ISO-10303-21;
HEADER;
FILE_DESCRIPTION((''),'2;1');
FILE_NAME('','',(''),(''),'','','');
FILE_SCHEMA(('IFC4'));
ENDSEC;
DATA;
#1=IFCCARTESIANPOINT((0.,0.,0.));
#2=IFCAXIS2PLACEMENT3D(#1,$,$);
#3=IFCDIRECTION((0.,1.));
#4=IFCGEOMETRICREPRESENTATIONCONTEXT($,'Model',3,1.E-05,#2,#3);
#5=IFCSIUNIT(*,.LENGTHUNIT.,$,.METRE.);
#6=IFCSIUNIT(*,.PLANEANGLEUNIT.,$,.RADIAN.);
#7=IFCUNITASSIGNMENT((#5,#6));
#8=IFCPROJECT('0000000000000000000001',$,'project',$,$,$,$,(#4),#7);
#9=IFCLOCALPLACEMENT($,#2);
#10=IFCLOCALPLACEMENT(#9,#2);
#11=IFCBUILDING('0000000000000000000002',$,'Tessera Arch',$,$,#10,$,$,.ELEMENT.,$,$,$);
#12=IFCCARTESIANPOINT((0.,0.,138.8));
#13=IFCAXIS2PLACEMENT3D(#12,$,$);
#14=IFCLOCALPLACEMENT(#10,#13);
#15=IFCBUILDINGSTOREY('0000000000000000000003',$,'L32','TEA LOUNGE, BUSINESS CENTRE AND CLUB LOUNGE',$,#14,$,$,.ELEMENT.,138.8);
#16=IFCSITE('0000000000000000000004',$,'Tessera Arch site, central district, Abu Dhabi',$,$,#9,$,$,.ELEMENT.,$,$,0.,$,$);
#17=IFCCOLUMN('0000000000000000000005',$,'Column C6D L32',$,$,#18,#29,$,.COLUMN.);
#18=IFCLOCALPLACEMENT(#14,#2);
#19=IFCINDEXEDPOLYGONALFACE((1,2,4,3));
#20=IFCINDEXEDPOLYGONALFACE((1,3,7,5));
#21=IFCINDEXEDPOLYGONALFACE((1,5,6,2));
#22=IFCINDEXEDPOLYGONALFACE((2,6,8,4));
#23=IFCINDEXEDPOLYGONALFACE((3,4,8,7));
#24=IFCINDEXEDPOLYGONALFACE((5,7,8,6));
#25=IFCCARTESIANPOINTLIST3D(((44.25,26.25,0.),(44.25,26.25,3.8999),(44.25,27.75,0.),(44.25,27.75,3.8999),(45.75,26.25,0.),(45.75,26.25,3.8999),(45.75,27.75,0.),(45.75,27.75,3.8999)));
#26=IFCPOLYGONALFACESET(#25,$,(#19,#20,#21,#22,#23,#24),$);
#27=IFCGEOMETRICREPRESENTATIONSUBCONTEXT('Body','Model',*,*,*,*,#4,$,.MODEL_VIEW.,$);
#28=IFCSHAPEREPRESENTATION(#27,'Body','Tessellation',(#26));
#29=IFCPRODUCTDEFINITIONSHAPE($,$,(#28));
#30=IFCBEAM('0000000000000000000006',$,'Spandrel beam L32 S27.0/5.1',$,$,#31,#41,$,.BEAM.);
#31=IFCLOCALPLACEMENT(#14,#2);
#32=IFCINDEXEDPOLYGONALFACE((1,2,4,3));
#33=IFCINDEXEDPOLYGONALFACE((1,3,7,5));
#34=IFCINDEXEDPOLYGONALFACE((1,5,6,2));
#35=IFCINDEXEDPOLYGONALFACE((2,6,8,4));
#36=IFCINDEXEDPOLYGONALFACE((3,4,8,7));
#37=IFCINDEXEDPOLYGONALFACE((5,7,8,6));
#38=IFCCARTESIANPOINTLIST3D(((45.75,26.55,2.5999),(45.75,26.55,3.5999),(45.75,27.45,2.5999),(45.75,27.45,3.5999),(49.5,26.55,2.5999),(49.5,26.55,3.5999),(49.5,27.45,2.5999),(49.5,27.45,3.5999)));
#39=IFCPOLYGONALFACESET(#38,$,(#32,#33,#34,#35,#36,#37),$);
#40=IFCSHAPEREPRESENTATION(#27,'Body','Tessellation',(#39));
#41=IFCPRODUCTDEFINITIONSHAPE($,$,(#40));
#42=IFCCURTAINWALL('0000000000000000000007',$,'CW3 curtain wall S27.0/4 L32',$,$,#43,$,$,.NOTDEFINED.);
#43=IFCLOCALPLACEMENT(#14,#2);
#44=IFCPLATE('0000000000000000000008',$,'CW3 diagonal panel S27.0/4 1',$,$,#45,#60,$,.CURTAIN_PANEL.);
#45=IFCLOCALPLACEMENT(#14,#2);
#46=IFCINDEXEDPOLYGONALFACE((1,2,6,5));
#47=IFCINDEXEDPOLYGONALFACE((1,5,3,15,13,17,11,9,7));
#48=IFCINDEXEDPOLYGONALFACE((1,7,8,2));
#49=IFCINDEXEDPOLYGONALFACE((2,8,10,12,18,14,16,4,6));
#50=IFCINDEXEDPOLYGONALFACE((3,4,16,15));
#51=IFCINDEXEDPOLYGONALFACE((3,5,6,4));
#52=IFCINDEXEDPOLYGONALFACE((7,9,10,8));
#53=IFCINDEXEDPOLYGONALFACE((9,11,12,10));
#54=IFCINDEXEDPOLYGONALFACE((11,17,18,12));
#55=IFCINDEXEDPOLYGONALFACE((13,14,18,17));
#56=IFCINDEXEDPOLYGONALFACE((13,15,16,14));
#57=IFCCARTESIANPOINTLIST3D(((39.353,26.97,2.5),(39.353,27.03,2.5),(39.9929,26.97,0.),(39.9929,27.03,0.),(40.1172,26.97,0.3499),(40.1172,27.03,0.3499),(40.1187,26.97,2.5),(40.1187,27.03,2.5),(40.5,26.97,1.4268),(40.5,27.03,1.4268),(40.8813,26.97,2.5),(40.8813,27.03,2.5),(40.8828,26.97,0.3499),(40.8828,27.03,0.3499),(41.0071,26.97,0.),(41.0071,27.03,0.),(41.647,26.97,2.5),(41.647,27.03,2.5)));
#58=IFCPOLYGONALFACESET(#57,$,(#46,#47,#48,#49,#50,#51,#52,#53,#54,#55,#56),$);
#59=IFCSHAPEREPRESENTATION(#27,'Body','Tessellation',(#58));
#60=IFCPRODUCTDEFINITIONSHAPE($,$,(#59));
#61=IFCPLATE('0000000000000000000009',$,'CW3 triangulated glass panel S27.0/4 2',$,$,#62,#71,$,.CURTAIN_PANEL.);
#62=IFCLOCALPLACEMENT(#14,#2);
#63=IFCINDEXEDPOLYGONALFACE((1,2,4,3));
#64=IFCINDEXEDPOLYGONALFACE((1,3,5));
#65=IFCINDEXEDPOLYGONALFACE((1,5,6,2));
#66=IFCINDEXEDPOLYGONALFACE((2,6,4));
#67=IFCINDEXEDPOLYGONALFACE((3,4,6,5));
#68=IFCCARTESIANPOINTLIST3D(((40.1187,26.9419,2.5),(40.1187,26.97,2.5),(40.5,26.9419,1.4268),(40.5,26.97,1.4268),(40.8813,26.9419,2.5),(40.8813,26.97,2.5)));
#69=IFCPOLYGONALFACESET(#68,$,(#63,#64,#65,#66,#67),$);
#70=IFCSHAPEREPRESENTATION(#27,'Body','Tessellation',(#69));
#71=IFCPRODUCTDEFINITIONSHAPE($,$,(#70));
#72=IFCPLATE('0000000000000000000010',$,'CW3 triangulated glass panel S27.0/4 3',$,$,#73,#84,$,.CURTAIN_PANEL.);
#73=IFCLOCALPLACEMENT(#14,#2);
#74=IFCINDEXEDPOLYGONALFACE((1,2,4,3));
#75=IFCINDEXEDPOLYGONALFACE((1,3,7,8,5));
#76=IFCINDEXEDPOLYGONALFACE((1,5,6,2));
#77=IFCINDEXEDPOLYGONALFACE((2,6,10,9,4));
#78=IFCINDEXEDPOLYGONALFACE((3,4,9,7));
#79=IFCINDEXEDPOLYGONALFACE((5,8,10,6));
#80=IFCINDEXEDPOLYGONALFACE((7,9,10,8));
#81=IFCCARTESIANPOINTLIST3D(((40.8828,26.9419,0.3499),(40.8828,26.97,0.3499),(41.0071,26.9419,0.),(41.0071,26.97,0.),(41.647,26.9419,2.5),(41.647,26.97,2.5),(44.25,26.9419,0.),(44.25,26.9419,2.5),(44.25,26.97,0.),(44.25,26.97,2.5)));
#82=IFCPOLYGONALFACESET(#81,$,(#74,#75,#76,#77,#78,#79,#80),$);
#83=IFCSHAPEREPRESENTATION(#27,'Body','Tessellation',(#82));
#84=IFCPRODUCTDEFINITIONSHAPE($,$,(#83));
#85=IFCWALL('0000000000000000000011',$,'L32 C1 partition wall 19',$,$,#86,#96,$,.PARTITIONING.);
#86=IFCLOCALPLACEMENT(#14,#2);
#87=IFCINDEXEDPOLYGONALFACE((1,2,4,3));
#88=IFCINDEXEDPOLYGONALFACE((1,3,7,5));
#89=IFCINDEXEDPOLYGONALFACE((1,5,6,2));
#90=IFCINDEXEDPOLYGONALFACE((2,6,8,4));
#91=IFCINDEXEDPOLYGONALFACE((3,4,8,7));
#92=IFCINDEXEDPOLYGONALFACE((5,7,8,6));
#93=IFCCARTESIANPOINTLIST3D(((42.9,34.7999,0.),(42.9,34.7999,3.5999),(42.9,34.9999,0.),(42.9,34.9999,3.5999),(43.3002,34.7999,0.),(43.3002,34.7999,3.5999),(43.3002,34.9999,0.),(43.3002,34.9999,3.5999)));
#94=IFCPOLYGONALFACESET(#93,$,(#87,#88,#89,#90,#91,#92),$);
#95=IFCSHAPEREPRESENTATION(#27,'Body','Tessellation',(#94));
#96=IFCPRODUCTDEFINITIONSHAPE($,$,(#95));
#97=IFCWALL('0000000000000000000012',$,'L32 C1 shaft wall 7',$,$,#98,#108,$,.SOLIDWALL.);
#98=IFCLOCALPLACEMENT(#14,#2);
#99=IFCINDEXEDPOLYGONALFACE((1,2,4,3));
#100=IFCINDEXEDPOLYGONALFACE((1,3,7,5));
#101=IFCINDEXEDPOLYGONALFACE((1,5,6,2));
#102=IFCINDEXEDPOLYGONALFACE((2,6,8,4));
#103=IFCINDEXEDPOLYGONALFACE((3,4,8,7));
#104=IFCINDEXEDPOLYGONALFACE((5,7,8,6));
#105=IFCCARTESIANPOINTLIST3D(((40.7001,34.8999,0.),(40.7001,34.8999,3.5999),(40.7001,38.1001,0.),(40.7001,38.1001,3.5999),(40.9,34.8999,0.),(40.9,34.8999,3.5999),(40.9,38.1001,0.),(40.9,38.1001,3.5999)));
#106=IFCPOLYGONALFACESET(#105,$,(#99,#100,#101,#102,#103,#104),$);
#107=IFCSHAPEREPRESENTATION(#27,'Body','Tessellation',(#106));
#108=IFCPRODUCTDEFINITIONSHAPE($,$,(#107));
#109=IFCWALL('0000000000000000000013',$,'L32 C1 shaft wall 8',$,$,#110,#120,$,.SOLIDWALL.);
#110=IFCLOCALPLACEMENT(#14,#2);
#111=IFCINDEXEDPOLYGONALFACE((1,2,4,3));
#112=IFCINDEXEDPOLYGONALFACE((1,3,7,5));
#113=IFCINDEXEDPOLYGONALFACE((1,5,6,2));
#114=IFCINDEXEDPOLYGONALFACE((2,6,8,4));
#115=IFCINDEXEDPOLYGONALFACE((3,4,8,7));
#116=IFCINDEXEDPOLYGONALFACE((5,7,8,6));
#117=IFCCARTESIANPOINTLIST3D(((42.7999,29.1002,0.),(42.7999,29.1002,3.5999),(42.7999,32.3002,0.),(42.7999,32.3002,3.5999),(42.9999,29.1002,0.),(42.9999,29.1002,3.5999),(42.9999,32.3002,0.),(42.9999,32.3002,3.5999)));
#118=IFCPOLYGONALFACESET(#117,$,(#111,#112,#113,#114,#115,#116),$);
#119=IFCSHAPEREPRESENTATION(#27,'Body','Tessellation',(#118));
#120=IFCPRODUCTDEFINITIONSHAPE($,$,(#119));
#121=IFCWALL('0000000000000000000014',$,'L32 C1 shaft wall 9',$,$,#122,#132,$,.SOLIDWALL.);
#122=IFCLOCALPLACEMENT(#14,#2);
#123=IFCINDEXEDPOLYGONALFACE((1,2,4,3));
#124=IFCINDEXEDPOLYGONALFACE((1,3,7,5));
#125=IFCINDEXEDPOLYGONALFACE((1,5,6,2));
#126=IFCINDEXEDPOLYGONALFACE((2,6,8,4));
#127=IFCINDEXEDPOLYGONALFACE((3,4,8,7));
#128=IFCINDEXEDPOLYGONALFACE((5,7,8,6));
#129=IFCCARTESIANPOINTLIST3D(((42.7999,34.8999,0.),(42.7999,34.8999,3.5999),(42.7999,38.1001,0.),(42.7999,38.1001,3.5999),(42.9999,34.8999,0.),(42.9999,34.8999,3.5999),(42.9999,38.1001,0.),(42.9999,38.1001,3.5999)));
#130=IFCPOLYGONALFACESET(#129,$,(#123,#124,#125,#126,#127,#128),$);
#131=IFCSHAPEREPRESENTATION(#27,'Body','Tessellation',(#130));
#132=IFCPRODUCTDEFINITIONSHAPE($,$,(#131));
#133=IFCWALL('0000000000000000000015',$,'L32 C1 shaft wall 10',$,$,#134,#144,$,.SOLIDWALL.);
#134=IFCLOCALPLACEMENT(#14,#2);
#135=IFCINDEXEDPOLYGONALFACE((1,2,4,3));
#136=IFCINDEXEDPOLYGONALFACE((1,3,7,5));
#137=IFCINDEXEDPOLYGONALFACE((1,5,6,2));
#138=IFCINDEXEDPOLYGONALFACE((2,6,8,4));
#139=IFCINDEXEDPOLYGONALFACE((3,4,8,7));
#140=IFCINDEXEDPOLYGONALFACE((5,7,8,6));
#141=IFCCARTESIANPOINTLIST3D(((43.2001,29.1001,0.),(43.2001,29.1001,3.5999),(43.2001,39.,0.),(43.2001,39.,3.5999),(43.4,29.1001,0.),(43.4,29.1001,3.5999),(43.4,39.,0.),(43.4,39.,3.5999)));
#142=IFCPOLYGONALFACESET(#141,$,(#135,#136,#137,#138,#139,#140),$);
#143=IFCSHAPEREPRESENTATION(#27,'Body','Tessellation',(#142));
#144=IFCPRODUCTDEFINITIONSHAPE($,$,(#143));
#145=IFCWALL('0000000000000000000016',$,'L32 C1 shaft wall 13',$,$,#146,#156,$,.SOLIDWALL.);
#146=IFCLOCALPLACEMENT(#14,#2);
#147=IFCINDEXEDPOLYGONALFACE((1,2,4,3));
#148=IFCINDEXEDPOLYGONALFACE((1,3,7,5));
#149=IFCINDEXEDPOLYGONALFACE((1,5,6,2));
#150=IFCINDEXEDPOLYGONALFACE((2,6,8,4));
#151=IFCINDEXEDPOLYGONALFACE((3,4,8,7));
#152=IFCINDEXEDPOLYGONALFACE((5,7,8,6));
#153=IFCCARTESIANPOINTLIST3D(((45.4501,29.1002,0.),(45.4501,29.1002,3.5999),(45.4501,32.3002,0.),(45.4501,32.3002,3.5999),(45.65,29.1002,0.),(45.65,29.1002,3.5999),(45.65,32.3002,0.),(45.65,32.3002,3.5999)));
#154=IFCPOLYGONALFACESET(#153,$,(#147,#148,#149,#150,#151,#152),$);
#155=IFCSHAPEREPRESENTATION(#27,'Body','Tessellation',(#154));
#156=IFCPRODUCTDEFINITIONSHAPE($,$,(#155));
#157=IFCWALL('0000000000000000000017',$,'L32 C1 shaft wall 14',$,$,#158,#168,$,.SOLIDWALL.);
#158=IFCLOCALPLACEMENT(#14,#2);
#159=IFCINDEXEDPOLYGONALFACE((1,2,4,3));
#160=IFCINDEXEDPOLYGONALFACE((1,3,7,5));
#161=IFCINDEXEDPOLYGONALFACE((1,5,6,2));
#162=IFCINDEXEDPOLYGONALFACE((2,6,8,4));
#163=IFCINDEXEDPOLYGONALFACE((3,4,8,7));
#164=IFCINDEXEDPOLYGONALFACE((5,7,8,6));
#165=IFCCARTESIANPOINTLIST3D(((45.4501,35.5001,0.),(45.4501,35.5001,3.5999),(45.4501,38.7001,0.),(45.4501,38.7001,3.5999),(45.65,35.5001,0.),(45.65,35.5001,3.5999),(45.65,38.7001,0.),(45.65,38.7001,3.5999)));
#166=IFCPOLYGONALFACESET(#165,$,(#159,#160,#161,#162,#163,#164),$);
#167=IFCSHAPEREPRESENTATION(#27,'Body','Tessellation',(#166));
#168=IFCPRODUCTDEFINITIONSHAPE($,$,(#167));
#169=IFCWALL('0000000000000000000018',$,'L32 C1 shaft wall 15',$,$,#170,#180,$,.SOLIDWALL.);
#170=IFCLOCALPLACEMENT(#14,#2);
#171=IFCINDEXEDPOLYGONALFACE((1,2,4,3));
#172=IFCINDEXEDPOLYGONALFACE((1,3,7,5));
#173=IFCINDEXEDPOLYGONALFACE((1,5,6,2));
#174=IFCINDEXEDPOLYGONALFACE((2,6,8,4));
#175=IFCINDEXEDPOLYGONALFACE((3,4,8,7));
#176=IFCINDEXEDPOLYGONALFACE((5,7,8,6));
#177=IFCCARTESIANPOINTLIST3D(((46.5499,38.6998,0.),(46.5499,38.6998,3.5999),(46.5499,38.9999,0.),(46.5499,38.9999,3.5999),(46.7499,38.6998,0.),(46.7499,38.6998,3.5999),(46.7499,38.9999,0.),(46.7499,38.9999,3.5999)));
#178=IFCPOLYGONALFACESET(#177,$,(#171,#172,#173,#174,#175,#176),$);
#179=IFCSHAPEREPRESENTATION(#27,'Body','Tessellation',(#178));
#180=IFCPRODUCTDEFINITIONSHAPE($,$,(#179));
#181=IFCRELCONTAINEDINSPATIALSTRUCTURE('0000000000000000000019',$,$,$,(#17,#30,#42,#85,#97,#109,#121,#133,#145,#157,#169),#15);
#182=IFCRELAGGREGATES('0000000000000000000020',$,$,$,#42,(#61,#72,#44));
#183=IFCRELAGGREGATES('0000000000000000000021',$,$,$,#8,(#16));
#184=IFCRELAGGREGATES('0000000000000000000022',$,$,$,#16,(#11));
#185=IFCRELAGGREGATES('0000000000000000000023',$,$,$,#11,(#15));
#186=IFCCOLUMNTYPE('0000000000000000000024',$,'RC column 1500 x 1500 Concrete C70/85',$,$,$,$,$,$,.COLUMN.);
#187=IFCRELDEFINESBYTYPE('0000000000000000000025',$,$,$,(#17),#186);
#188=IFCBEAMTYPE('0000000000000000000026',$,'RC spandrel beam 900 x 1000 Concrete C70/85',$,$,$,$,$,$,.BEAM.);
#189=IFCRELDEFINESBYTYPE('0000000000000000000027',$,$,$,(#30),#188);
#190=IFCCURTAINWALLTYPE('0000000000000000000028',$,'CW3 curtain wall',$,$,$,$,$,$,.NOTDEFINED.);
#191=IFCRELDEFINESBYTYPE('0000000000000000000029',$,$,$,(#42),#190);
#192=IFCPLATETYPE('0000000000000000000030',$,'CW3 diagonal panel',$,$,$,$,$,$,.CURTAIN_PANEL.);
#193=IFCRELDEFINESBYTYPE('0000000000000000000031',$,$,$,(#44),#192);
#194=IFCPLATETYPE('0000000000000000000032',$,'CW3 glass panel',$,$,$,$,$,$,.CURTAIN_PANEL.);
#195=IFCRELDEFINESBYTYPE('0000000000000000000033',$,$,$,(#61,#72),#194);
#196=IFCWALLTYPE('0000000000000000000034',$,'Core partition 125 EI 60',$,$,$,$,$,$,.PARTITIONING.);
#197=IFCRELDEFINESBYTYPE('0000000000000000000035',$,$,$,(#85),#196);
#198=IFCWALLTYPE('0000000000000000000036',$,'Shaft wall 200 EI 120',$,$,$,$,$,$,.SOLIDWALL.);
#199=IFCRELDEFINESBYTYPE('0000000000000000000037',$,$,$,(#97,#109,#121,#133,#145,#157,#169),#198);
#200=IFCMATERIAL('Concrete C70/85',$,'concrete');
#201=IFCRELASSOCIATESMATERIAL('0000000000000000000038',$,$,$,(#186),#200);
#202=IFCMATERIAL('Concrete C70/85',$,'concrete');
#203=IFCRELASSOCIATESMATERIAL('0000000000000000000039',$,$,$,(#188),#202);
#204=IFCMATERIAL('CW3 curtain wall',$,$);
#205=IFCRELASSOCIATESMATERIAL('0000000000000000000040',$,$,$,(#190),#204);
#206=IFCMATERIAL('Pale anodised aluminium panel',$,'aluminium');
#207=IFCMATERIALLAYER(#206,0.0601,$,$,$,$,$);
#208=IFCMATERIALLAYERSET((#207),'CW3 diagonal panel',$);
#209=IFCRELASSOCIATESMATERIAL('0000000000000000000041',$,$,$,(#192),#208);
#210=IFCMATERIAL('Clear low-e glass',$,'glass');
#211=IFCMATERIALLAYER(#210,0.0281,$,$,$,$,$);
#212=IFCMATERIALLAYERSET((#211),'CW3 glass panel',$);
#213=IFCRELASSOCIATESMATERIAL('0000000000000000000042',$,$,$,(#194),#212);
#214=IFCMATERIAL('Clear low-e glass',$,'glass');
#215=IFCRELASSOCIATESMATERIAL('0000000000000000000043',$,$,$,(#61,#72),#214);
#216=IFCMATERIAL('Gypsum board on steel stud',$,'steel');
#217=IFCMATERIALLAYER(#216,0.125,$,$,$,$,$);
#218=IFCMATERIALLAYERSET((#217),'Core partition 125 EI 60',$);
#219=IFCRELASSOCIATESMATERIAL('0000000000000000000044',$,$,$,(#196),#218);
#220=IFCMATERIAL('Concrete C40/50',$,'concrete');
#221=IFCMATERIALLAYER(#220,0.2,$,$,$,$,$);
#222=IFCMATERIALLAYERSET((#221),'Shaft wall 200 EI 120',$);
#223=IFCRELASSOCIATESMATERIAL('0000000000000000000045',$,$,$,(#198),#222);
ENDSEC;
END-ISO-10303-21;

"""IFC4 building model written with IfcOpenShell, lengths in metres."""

from ifc_helpers import new_model, si_unit, direction, frame, frame_2d, origin, origin_2d, place, context, subcontext, project, spatial, polyline, rectangle, outline, extrude, material, layer, layer_set, material_profile, profile_set, type_object, element, aggregate, save


model = new_model("IFC4")

# Units and contexts
model_context = context("Model", 3, precision=1e-05, world=origin(), true_north=direction((0.0, 1.0)))
body_context = subcontext(model_context, "Body", "Model", "MODEL_VIEW")
ifc_project = project(units=[si_unit("LENGTHUNIT", "METRE"), si_unit("PLANEANGLEUNIT", "RADIAN")], contexts=[model_context])

# Site, building, storey
site_placement = place(None, origin())
site = spatial("IfcSite", under=ifc_project, at=site_placement, Name="Tessera Arch site, central district, Abu Dhabi", CompositionType="ELEMENT", RefElevation=0.0)
building_placement = place(site_placement, origin())
building = spatial("IfcBuilding", under=site, at=building_placement, Name="Tessera Arch", CompositionType="ELEMENT")
storey_placement = place(building_placement, frame((0.0, 0.0, 138.8)))
storey = spatial("IfcBuildingStorey", under=building, at=storey_placement, Name="L32", Description="TEA LOUNGE, BUSINESS CENTRE AND CLUB LOUNGE", CompositionType="ELEMENT", Elevation=138.8)

# Column
ifc_material_1 = material(Name="Concrete C70/85", Category="concrete")
ifc_material_profile_1 = material_profile(ifc_material_1, rectangle(XDim=1.5, YDim=1.5, at=origin_2d()), Name="RC column 1500 x 1500 Concrete C70/85")
ifc_profile_set_1 = profile_set([ifc_material_profile_1], Name="Concrete C70/85")
column_type = type_object("IfcColumnType", Name="RC column 1500 x 1500 Concrete C70/85", PredefinedType="COLUMN", material=ifc_profile_set_1)
column_placement = place(storey_placement, frame((45.0, 27.0, 0.0), z_axis=(0.0, 0.0, 1.0), x_axis=(1.0, 0.0, 0.0)))
element("IfcColumn", 1, at=column_placement, inside=storey, type_object=column_type, Name="Column C6D L32", PredefinedType="COLUMN", context=body_context, shape_type="SweptSolid", body=[
    extrude(rectangle(XDim=1.5, YDim=1.5, at=origin_2d()), origin(), (0.0, 0.0, 1.0), 3.8999),
])

# Beam
ifc_material_2 = material(Name="Concrete C70/85", Category="concrete")
ifc_material_profile_2 = material_profile(ifc_material_2, rectangle(XDim=0.8999, YDim=1.0, at=origin_2d()), Name="RC spandrel beam 900 x 1000 Concrete C70/85")
ifc_profile_set_2 = profile_set([ifc_material_profile_2], Name="Concrete C70/85")
beam_type = type_object("IfcBeamType", Name="RC spandrel beam 900 x 1000 Concrete C70/85", PredefinedType="BEAM", material=ifc_profile_set_2)
beam_placement = place(storey_placement, frame((45.75, 27.0, 3.0999), z_axis=(1.0, 0.0, 0.0), x_axis=(0.0, 1.0, 0.0)))
element("IfcBeam", 2, at=beam_placement, inside=storey, type_object=beam_type, Name="Spandrel beam L32 S27.0/5.1", PredefinedType="BEAM", context=body_context, shape_type="SweptSolid", body=[
    extrude(rectangle(XDim=0.8999, YDim=1.0, at=origin_2d()), origin(), (0.0, 0.0, 1.0), 3.75),
])

# Curtain wall, plates
ifc_material_3 = material(Name="CW3 curtain wall")
curtain_wall_type = type_object("IfcCurtainWallType", Name="CW3 curtain wall", PredefinedType="NOTDEFINED", material=ifc_material_3)
curtain_wall_placement = place(storey_placement, origin())
curtain_wall = element("IfcCurtainWall", 3, at=curtain_wall_placement, inside=storey, type_object=curtain_wall_type, Name="CW3 curtain wall S27.0/4 L32", PredefinedType="NOTDEFINED")
ifc_material_4 = material(Name="Pale anodised aluminium panel", Category="aluminium")
ifc_layer_1 = layer(ifc_material_4, 0.0601)
ifc_layer_set_1 = layer_set([ifc_layer_1], Name="CW3 diagonal panel")
plate_type_1 = type_object("IfcPlateType", Name="CW3 diagonal panel", PredefinedType="CURTAIN_PANEL", material=ifc_layer_set_1)
plate_1_placement = place(storey_placement, frame((41.647, 26.97, 2.5), z_axis=(0.0, -1.0, 0.0), x_axis=(-1.0, 0.0, 0.0)))
plate_1 = element("IfcPlate", 4, at=plate_1_placement, type_object=plate_type_1, Name="CW3 diagonal panel S27.0/4 1", PredefinedType="CURTAIN_PANEL", context=body_context, shape_type="SweptSolid", body=[
    extrude(outline(polyline([(0.0, 0.0), (0.7656, 0.0), (1.147, 1.0732), (1.5283, 0.0), (2.2939, 0.0), (1.5298, 2.1501), (1.6541, 2.5), (0.6399, 2.5), (0.7642, 2.1501), (0.0, 0.0)])), origin(), (0.0, 0.0, -1.0), 0.0601),
])
ifc_material_5 = material(Name="Clear low-e glass", Category="glass")
ifc_material_6 = material(Name="Clear low-e glass", Category="glass")
ifc_layer_2 = layer(ifc_material_6, 0.0281)
ifc_layer_set_2 = layer_set([ifc_layer_2], Name="CW3 glass panel")
plate_type_2 = type_object("IfcPlateType", Name="CW3 glass panel", PredefinedType="CURTAIN_PANEL", material=ifc_layer_set_2)
plate_2_placement = place(storey_placement, frame((40.8813, 26.9419, 2.5), z_axis=(0.0, -1.0, 0.0), x_axis=(-1.0, 0.0, 0.0)))
plate_2 = element("IfcPlate", 5, at=plate_2_placement, type_object=plate_type_2, material=ifc_material_5, Name="CW3 triangulated glass panel S27.0/4 2", PredefinedType="CURTAIN_PANEL", context=body_context, shape_type="SweptSolid", body=[
    extrude(outline(polyline([(0.0, 0.0), (0.7627, 0.0), (0.3813, 1.0732), (0.0, 0.0)])), origin(), (0.0, 0.0, -1.0), 0.0281),
])
plate_3_placement = place(storey_placement, frame((44.25, 26.9419, 2.5), z_axis=(0.0, -1.0, 0.0), x_axis=(-1.0, 0.0, 0.0)))
plate_3 = element("IfcPlate", 6, at=plate_3_placement, type_object=plate_type_2, material=ifc_material_5, Name="CW3 triangulated glass panel S27.0/4 3", PredefinedType="CURTAIN_PANEL", context=body_context, shape_type="SweptSolid", body=[
    extrude(outline(polyline([(0.0, 0.0), (2.603, 0.0), (3.3672, 2.1501), (3.2429, 2.5), (0.0, 2.5), (0.0, 0.0)])), origin(), (0.0, 0.0, -1.0), 0.0281),
])
aggregate(curtain_wall, [plate_2, plate_3, plate_1])

# Walls
ifc_material_7 = material(Name="Gypsum board on steel stud", Category="steel")
ifc_layer_3 = layer(ifc_material_7, 0.125)
ifc_layer_set_3 = layer_set([ifc_layer_3], Name="Core partition 125 EI 60")
wall_type_1 = type_object("IfcWallType", Name="Core partition 125 EI 60", PredefinedType="PARTITIONING", material=ifc_layer_set_3)
wall_1_placement = place(storey_placement, frame((42.8999, 34.8999, 0.0), z_axis=(0.0, 0.0, 1.0), x_axis=(1.0, 0.0, 0.0)))
element("IfcWall", 7, at=wall_1_placement, inside=storey, type_object=wall_type_1, Name="L32 C1 partition wall 19", PredefinedType="PARTITIONING", context=body_context, shape_type="SweptSolid", body=[
    extrude(rectangle(XDim=0.4001, YDim=0.2, at=frame_2d((0.2002, 0.0))), origin(), (0.0, 0.0, 1.0), 3.5999),
])
ifc_material_8 = material(Name="Concrete C40/50", Category="concrete")
ifc_layer_4 = layer(ifc_material_8, 0.2)
ifc_layer_set_4 = layer_set([ifc_layer_4], Name="Shaft wall 200 EI 120")
wall_type_2 = type_object("IfcWallType", Name="Shaft wall 200 EI 120", PredefinedType="SOLIDWALL", material=ifc_layer_set_4)
wall_2_placement = place(storey_placement, frame((40.8, 34.8999, 0.0), z_axis=(0.0, 0.0, 1.0), x_axis=(0.0, 1.0, 0.0)))
element("IfcWall", 8, at=wall_2_placement, inside=storey, type_object=wall_type_2, Name="L32 C1 shaft wall 7", PredefinedType="SOLIDWALL", context=body_context, shape_type="SweptSolid", body=[
    extrude(rectangle(XDim=3.2002, YDim=0.2, at=frame_2d((1.6001, 0.0))), origin(), (0.0, 0.0, 1.0), 3.5999),
])
wall_3_placement = place(storey_placement, frame((42.8999, 29.1001, 0.0), z_axis=(0.0, 0.0, 1.0), x_axis=(0.0, 1.0, 0.0)))
element("IfcWall", 9, at=wall_3_placement, inside=storey, type_object=wall_type_2, Name="L32 C1 shaft wall 8", PredefinedType="SOLIDWALL", context=body_context, shape_type="SweptSolid", body=[
    extrude(rectangle(XDim=3.2, YDim=0.2, at=frame_2d((1.6001, 0.0))), origin(), (0.0, 0.0, 1.0), 3.5999),
])
wall_4_placement = place(storey_placement, frame((42.8999, 34.8999, 0.0), z_axis=(0.0, 0.0, 1.0), x_axis=(0.0, 1.0, 0.0)))
element("IfcWall", 10, at=wall_4_placement, inside=storey, type_object=wall_type_2, Name="L32 C1 shaft wall 9", PredefinedType="SOLIDWALL", context=body_context, shape_type="SweptSolid", body=[
    extrude(rectangle(XDim=3.2002, YDim=0.2, at=frame_2d((1.6001, 0.0))), origin(), (0.0, 0.0, 1.0), 3.5999),
])
wall_5_placement = place(storey_placement, frame((43.3, 29.1001, 0.0), z_axis=(0.0, 0.0, 1.0), x_axis=(0.0, 1.0, 0.0)))
element("IfcWall", 11, at=wall_5_placement, inside=storey, type_object=wall_type_2, Name="L32 C1 shaft wall 10", PredefinedType="SOLIDWALL", context=body_context, shape_type="SweptSolid", body=[
    extrude(rectangle(XDim=9.8999, YDim=0.2, at=frame_2d((4.95, 0.0))), origin(), (0.0, 0.0, 1.0), 3.5999),
])
for number, where, z_axis, x_axis, name in (
    (12, (45.55, 29.1001, 0.0), (0.0, 0.0, 1.0), (0.0, 1.0, 0.0), "L32 C1 shaft wall 13"),
    (13, (45.55, 35.5, 0.0), (0.0, 0.0, 1.0), (0.0, 1.0, 0.0), "L32 C1 shaft wall 14"),
):
    element("IfcWall", number, at=place(storey_placement, frame(where, z_axis=z_axis, x_axis=x_axis)), inside=storey, type_object=wall_type_2, Name=name, PredefinedType="SOLIDWALL", context=body_context, shape_type="SweptSolid", body=[
        extrude(rectangle(XDim=3.2, YDim=0.2, at=frame_2d((1.6001, 0.0))), origin(), (0.0, 0.0, 1.0), 3.5999),
    ])
wall_6_placement = place(storey_placement, frame((46.6499, 38.7, 0.0), z_axis=(0.0, 0.0, 1.0), x_axis=(0.0, 1.0, 0.0)))
element("IfcWall", 14, at=wall_6_placement, inside=storey, type_object=wall_type_2, Name="L32 C1 shaft wall 15", PredefinedType="SOLIDWALL", context=body_context, shape_type="SweptSolid", body=[
    extrude(rectangle(XDim=0.3, YDim=0.2, at=frame_2d((0.1499, 0.0))), origin(), (0.0, 0.0, 1.0), 3.5999),
])

save(model, "model.ifc")
